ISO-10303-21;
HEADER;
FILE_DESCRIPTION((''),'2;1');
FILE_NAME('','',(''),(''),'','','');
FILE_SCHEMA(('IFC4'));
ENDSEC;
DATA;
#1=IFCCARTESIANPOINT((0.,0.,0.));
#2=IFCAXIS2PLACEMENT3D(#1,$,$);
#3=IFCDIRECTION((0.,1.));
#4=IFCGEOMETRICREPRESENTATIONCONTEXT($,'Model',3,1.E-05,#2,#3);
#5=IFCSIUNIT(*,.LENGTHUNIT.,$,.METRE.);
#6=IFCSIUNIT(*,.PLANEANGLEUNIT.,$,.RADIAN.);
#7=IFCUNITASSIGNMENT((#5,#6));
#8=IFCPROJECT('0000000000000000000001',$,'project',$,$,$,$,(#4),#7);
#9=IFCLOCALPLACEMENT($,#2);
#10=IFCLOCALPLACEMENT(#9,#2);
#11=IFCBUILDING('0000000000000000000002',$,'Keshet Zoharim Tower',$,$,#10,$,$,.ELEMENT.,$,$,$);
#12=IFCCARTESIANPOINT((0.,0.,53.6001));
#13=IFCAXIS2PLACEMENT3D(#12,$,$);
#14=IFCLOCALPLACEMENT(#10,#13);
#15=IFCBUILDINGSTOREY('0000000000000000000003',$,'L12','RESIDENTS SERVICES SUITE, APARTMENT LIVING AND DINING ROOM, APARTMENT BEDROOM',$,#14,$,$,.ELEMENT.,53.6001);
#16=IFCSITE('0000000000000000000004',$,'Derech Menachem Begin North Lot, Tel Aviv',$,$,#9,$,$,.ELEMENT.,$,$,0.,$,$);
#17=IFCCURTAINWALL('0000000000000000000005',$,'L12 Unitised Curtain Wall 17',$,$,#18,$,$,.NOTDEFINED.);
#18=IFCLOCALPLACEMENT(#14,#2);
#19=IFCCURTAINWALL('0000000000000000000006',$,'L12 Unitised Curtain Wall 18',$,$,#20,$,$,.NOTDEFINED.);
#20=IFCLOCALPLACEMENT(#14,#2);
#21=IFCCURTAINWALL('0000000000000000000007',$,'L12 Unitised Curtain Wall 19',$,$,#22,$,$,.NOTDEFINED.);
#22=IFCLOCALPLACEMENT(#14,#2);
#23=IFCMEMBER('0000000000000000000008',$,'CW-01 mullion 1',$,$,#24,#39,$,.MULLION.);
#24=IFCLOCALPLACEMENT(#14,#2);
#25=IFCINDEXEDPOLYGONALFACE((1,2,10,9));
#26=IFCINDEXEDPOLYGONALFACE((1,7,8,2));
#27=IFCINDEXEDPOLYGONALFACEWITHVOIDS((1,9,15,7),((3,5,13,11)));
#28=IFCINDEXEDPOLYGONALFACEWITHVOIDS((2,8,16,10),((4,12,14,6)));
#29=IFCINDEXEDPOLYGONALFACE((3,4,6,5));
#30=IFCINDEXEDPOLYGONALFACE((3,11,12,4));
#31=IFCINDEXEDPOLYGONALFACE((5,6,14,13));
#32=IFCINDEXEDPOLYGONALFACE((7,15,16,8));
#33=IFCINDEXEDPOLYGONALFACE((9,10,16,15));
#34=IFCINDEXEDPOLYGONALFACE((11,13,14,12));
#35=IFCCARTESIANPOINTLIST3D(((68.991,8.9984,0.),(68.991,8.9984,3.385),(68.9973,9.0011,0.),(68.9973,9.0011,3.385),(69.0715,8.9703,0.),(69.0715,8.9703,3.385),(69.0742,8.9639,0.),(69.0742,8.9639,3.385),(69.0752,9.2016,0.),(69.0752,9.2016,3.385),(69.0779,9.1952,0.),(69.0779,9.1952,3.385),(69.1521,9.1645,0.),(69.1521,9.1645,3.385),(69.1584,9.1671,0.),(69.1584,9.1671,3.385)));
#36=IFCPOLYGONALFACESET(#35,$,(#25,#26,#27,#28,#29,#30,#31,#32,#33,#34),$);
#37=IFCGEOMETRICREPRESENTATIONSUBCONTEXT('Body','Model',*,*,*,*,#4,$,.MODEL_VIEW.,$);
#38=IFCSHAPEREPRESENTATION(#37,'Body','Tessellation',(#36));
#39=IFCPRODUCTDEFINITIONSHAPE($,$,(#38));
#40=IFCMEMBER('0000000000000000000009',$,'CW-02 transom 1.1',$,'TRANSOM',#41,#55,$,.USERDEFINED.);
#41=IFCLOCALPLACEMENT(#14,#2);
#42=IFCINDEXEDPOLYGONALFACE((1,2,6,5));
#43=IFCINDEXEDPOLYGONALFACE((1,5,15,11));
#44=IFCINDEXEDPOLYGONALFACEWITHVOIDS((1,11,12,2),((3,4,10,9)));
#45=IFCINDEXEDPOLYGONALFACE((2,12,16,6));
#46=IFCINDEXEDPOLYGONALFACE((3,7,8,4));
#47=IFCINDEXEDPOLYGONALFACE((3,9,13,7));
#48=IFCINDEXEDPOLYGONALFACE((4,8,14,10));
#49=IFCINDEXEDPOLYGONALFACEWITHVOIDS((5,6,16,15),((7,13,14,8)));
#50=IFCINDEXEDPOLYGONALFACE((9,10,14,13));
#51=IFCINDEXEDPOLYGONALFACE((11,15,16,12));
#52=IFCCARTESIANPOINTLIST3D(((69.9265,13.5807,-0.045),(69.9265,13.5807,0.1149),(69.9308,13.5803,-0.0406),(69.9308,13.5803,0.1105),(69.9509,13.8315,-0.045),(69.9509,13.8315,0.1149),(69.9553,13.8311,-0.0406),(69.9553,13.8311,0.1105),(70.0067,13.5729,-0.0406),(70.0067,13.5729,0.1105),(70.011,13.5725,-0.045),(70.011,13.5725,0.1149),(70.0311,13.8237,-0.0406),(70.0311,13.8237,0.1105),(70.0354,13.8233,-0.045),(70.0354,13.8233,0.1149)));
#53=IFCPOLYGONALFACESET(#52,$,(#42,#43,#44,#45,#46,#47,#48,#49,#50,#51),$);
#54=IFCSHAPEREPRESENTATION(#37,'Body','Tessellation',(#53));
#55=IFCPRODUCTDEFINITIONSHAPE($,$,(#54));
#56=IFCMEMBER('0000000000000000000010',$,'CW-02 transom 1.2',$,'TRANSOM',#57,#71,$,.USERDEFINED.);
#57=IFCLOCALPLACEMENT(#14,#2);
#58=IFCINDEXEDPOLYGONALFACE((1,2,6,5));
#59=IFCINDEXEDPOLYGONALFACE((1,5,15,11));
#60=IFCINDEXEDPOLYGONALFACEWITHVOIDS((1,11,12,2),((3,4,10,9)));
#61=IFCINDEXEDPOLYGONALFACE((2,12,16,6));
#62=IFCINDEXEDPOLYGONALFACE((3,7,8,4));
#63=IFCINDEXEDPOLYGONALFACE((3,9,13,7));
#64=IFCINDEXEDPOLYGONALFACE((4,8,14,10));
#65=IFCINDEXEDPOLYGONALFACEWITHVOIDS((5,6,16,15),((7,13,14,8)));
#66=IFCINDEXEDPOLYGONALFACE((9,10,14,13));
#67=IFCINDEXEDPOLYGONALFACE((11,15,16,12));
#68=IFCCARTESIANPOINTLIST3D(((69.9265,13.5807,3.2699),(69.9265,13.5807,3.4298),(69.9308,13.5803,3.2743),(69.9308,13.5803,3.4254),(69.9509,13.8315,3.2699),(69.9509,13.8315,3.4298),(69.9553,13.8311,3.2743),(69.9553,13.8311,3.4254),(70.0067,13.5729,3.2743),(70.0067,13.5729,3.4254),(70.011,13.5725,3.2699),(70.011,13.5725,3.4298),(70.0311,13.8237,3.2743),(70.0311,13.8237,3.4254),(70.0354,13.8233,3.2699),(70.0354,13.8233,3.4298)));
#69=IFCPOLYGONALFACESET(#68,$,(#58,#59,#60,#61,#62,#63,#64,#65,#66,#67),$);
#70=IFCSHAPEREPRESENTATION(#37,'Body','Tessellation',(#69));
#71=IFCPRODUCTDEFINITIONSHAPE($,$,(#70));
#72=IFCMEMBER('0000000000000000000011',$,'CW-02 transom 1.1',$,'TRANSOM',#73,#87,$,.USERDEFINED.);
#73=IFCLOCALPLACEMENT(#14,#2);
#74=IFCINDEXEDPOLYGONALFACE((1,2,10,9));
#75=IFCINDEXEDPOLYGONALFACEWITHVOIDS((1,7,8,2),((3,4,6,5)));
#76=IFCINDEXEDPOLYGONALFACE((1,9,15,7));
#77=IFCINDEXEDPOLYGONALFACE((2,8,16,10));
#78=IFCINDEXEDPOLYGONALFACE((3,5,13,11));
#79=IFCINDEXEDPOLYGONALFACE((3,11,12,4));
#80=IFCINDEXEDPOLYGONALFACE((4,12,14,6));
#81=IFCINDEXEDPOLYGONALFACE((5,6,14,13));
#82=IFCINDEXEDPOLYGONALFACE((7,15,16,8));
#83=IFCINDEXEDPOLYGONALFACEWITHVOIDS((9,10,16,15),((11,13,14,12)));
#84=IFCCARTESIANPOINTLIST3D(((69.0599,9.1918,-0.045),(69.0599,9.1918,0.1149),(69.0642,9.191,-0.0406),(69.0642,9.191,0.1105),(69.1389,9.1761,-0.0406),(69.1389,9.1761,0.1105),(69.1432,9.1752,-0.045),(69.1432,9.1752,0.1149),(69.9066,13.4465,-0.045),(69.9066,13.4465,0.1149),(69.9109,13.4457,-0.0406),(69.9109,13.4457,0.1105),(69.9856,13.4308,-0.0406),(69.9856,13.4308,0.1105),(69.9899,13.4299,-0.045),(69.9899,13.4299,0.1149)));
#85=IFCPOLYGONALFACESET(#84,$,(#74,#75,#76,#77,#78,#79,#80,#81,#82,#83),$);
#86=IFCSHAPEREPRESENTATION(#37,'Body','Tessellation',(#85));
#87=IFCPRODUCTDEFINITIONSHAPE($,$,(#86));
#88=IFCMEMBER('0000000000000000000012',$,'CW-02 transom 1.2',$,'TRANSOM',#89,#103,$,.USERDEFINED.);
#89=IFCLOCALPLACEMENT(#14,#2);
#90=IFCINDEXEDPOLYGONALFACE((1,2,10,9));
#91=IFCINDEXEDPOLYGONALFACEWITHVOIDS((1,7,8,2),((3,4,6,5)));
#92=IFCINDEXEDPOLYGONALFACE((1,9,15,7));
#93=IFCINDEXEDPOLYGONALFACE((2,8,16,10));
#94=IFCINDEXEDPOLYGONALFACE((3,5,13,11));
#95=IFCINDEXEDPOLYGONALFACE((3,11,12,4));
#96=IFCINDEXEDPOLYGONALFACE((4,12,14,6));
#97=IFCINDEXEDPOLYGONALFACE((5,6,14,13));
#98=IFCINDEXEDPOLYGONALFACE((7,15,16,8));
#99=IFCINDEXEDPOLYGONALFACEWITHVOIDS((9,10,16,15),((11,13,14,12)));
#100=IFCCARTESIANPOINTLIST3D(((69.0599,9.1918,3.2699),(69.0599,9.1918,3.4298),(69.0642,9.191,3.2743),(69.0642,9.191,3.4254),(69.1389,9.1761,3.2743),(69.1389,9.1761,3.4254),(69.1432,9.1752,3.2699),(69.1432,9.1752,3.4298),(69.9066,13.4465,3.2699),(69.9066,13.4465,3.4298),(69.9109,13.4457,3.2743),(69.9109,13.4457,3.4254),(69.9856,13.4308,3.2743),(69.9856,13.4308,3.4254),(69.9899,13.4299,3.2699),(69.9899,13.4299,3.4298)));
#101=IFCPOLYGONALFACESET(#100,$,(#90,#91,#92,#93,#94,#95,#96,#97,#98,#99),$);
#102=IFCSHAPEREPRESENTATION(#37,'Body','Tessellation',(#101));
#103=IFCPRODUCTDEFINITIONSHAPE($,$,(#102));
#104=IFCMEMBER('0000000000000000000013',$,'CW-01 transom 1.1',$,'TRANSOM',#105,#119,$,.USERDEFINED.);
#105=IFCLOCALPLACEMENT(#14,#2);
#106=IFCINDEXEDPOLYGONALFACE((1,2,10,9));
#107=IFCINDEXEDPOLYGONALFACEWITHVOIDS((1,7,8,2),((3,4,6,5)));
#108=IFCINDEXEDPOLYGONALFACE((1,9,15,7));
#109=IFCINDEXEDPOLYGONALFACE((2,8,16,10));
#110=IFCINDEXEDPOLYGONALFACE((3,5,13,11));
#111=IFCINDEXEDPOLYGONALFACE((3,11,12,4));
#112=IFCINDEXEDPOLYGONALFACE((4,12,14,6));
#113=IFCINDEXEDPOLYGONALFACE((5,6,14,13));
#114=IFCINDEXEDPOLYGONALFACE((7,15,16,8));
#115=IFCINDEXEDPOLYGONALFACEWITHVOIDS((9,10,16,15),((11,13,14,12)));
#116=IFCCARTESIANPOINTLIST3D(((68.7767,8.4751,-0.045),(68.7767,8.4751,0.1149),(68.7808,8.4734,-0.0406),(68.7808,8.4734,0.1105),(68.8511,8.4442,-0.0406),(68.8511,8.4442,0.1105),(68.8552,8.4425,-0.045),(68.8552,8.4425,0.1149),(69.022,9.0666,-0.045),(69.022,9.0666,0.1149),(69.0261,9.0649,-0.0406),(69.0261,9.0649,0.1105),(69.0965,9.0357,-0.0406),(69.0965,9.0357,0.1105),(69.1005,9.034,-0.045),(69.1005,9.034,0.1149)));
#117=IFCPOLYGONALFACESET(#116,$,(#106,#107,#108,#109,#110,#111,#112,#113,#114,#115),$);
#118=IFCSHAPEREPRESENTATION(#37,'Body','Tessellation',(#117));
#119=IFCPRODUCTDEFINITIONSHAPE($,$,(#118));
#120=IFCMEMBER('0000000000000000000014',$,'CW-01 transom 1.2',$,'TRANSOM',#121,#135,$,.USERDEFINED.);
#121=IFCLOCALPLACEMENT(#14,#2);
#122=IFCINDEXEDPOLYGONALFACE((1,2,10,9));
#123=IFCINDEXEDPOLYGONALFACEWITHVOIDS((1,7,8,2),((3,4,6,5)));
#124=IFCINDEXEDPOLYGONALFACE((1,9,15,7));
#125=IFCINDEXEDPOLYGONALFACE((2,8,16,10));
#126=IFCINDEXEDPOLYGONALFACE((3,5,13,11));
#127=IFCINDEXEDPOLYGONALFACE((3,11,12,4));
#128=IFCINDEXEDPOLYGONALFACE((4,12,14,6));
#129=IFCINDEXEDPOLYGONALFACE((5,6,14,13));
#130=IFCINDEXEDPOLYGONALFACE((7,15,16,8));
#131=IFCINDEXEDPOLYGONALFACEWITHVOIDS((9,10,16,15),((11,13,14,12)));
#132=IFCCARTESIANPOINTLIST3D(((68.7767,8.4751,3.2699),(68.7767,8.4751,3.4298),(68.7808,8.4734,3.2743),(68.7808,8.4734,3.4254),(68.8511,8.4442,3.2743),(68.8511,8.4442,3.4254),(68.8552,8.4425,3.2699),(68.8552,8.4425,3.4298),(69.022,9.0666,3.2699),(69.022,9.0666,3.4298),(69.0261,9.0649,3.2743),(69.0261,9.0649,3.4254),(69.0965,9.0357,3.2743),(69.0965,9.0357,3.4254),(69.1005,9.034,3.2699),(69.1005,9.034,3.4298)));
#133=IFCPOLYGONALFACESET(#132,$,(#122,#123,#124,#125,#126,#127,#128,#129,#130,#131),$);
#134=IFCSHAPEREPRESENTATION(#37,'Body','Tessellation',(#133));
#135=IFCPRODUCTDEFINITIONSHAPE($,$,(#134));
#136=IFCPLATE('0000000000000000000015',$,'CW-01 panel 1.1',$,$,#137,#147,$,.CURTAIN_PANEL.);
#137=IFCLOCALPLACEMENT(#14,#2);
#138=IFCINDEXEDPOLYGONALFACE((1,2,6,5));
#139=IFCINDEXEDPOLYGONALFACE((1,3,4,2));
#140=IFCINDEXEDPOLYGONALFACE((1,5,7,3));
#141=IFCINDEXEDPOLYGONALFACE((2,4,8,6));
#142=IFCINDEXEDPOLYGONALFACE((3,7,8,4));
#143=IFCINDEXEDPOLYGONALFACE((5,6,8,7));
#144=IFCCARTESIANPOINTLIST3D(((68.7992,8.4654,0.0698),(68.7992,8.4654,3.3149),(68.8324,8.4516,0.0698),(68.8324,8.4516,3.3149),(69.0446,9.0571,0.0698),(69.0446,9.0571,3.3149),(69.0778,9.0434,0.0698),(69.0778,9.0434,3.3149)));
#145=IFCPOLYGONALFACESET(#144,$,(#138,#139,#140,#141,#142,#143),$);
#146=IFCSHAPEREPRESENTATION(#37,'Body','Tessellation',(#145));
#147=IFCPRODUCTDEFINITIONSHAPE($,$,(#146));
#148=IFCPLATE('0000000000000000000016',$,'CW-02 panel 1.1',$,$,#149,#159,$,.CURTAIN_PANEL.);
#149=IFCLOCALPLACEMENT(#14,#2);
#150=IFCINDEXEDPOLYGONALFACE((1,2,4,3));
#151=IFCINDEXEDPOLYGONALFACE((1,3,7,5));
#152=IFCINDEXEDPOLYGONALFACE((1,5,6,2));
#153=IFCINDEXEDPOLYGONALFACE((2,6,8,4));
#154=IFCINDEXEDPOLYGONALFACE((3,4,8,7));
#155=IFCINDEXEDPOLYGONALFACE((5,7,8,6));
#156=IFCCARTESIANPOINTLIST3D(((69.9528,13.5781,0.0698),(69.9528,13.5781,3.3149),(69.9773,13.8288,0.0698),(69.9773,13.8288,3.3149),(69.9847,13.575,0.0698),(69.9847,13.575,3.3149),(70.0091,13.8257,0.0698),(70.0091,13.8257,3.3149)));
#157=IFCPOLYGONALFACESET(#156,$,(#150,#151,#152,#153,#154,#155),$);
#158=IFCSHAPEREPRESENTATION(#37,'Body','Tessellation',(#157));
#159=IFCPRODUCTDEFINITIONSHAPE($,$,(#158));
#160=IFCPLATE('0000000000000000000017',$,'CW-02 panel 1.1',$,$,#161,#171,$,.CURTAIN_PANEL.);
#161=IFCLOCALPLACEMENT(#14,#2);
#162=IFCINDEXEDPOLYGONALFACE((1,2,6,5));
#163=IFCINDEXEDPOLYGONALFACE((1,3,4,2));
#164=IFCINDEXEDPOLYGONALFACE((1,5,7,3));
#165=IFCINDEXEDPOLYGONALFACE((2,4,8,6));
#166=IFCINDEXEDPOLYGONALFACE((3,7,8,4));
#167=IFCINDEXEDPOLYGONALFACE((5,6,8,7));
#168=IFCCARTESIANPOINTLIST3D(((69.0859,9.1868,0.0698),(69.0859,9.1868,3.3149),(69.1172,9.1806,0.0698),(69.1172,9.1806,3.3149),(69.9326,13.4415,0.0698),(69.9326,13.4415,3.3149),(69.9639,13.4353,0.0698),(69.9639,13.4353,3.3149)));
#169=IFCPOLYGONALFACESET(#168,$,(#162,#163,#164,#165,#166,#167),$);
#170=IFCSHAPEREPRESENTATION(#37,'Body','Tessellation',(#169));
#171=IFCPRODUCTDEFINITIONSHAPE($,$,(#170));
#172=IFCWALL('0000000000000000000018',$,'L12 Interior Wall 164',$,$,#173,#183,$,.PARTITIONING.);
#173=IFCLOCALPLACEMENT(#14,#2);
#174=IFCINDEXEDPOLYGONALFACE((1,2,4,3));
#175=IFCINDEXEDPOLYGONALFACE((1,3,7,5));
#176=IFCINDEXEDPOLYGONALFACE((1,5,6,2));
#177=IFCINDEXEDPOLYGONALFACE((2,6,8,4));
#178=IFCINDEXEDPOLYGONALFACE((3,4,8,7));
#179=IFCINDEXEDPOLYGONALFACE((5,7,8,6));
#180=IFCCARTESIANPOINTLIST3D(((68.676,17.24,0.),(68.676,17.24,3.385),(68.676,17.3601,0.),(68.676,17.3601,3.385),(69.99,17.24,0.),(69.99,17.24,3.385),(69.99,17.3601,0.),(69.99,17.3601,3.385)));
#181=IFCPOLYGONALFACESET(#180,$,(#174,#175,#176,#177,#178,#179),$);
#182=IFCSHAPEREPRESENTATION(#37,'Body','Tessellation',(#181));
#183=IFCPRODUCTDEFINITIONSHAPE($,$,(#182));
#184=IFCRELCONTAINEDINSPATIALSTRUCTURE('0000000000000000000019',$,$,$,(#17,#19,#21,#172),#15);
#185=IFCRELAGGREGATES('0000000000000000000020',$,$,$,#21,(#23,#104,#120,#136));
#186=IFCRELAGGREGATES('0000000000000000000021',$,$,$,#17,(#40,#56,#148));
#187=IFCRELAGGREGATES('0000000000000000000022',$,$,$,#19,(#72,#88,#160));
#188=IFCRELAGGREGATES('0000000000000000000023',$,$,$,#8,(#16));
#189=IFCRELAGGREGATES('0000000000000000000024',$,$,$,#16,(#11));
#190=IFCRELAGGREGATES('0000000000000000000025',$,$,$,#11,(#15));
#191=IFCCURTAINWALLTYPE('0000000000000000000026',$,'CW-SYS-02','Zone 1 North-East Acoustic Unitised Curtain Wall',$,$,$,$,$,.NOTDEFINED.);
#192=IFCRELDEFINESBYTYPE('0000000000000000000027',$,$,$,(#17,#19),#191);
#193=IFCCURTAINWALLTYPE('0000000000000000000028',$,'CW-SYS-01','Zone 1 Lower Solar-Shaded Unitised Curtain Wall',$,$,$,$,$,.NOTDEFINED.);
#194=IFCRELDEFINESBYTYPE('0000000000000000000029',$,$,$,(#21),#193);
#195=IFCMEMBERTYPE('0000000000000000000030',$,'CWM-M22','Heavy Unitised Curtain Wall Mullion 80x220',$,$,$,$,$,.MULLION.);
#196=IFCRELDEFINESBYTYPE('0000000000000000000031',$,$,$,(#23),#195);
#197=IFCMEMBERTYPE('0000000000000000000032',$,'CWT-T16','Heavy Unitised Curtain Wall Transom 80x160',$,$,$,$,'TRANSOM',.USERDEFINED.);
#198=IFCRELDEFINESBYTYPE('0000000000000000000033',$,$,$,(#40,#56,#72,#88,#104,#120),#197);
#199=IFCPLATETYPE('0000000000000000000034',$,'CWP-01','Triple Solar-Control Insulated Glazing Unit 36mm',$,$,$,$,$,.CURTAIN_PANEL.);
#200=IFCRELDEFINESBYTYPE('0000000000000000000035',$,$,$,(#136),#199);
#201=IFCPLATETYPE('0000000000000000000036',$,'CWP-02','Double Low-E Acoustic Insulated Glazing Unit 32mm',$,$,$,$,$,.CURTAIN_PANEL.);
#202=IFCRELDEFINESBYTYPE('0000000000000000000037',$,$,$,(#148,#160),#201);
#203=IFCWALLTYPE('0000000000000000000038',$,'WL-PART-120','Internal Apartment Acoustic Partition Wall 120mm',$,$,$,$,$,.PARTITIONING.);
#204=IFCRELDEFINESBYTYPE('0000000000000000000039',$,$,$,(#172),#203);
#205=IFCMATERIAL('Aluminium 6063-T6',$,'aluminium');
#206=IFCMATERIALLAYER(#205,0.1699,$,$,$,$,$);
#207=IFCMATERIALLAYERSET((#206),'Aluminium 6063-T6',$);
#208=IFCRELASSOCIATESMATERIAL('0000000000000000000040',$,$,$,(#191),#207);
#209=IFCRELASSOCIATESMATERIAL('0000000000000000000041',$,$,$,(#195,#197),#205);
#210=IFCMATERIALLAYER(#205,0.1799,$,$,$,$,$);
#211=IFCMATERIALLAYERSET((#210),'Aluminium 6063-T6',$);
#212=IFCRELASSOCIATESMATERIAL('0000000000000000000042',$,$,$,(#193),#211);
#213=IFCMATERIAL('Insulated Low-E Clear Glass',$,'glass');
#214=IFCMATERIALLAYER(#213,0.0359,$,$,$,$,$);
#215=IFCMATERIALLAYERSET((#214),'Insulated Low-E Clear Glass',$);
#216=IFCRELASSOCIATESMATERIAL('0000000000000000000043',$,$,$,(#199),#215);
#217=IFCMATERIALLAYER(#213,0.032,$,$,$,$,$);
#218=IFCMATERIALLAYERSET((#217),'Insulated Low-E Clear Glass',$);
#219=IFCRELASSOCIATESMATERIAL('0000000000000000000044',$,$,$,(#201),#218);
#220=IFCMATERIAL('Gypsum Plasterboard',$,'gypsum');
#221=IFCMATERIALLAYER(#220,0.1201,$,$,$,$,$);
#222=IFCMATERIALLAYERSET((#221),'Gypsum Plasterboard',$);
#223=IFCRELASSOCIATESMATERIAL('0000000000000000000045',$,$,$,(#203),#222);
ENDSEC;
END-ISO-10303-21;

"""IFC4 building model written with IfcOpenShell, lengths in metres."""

from ifc_helpers import new_model, si_unit, direction, frame, frame_2d, origin, origin_2d, place, context, subcontext, project, spatial, rectangle, hollow_rectangle, extrude, material, layer, layer_set, material_profile, profile_set, type_object, element, aggregate, save


model = new_model("IFC4")

# Units and contexts
model_context = context("Model", 3, precision=1e-05, world=origin(), true_north=direction((0.0, 1.0)))
body_context = subcontext(model_context, "Body", "Model", "MODEL_VIEW")
ifc_project = project(units=[si_unit("LENGTHUNIT", "METRE"), si_unit("PLANEANGLEUNIT", "RADIAN")], contexts=[model_context])

# Site, building, storey
site_placement = place(None, origin())
site = spatial("IfcSite", under=ifc_project, at=site_placement, Name="Derech Menachem Begin North Lot, Tel Aviv", CompositionType="ELEMENT", RefElevation=0.0)
building_placement = place(site_placement, origin())
building = spatial("IfcBuilding", under=site, at=building_placement, Name="Keshet Zoharim Tower", CompositionType="ELEMENT")
storey_placement = place(building_placement, frame((0.0, 0.0, 53.6001)))
storey = spatial("IfcBuildingStorey", under=building, at=storey_placement, Name="L12", Description="RESIDENTS SERVICES SUITE, APARTMENT LIVING AND DINING ROOM, APARTMENT BEDROOM", CompositionType="ELEMENT", Elevation=53.6001)

# Shared definitions
ifc_material_1 = material(Name="Aluminium 6063-T6", Category="aluminium")
ifc_layer_1 = layer(ifc_material_1, 0.1699)
ifc_layer_set_1 = layer_set([ifc_layer_1], Name="Aluminium 6063-T6")
curtain_wall_type_1 = type_object("IfcCurtainWallType", Name="CW-SYS-02", Description="Zone 1 North-East Acoustic Unitised Curtain Wall", PredefinedType="NOTDEFINED", material=ifc_layer_set_1)
ifc_material_profile_1 = material_profile(ifc_material_1, hollow_rectangle(XDim=0.0901, YDim=0.22, WallThickness=0.0049, at=origin_2d()), Name="MUL-90x220")
ifc_profile_set_1 = profile_set([ifc_material_profile_1], Name="Aluminium 6063-T6")
member_type_1 = type_object("IfcMemberType", Name="CWM-M22", Description="Heavy Unitised Curtain Wall Mullion 80x220", PredefinedType="MULLION", material=ifc_profile_set_1)

# Curtain walls
curtain_wall_1_placement = place(storey_placement, origin())
curtain_wall_1 = element("IfcCurtainWall", 1, at=curtain_wall_1_placement, inside=storey, type_object=curtain_wall_type_1, Name="L12 Unitised Curtain Wall 17", PredefinedType="NOTDEFINED")
curtain_wall_2_placement = place(storey_placement, origin())
curtain_wall_2 = element("IfcCurtainWall", 2, at=curtain_wall_2_placement, inside=storey, type_object=curtain_wall_type_1, Name="L12 Unitised Curtain Wall 18", PredefinedType="NOTDEFINED")

# Curtain wall, member
ifc_layer_2 = layer(ifc_material_1, 0.1799)
ifc_layer_set_2 = layer_set([ifc_layer_2], Name="Aluminium 6063-T6")
curtain_wall_type_2 = type_object("IfcCurtainWallType", Name="CW-SYS-01", Description="Zone 1 Lower Solar-Shaded Unitised Curtain Wall", PredefinedType="NOTDEFINED", material=ifc_layer_set_2)
curtain_wall_3_placement = place(storey_placement, origin())
curtain_wall_3 = element("IfcCurtainWall", 3, at=curtain_wall_3_placement, inside=storey, type_object=curtain_wall_type_2, Name="L12 Unitised Curtain Wall 19", PredefinedType="NOTDEFINED")
member_1_placement = place(storey_placement, frame((69.0747, 9.0828, 0.0), z_axis=(0.0, 0.0, 1.0), x_axis=(0.92372, -0.383068, 0.0)))
member_1 = element("IfcMember", 4, at=member_1_placement, type_object=member_type_1, Name="CW-01 mullion 1", PredefinedType="MULLION", context=body_context, shape_type="SweptSolid", body=[
    extrude(hollow_rectangle(XDim=0.0901, YDim=0.22, WallThickness=0.0049, at=origin_2d()), origin(), (0.0, 0.0, 1.0), 3.385),
])

# Members
ifc_material_profile_2 = material_profile(ifc_material_1, hollow_rectangle(XDim=0.085, YDim=0.1599, WallThickness=0.0044, at=origin_2d()), Name="TRN-85x160")
ifc_profile_set_2 = profile_set([ifc_material_profile_2], Name="Aluminium 6063-T6")
member_type_2 = type_object("IfcMemberType", Name="CWT-T16", Description="Heavy Unitised Curtain Wall Transom 80x160", ElementType="TRANSOM", PredefinedType="USERDEFINED", material=ifc_profile_set_2)
member_2_placement = place(storey_placement, frame((69.9932, 13.8274, 0.0349), z_axis=(-0.096913, -0.995293, 0.0), x_axis=(0.995293, -0.096913, 0.0)))
member_2 = element("IfcMember", 5, at=member_2_placement, type_object=member_type_2, Name="CW-02 transom 1.1", ObjectType="TRANSOM", PredefinedType="USERDEFINED", context=body_context, shape_type="SweptSolid", body=[
    extrude(hollow_rectangle(XDim=0.085, YDim=0.1599, WallThickness=0.0044, at=origin_2d()), origin(), (0.0, 0.0, 1.0), 0.252),
])
member_3_placement = place(storey_placement, frame((69.9932, 13.8274, 3.3499), z_axis=(-0.096913, -0.995293, 0.0), x_axis=(0.995293, -0.096913, 0.0)))
member_3 = element("IfcMember", 6, at=member_3_placement, type_object=member_type_2, Name="CW-02 transom 1.2", ObjectType="TRANSOM", PredefinedType="USERDEFINED", context=body_context, shape_type="SweptSolid", body=[
    extrude(hollow_rectangle(XDim=0.085, YDim=0.1599, WallThickness=0.0044, at=origin_2d()), origin(), (0.0, 0.0, 1.0), 0.252),
])
member_4_placement = place(storey_placement, frame((69.9482, 13.4382, 0.0349), z_axis=(-0.195174, -0.980769, 0.0), x_axis=(0.980769, -0.195174, 0.0)))
member_4 = element("IfcMember", 7, at=member_4_placement, type_object=member_type_2, Name="CW-02 transom 1.1", ObjectType="TRANSOM", PredefinedType="USERDEFINED", context=body_context, shape_type="SweptSolid", body=[
    extrude(hollow_rectangle(XDim=0.085, YDim=0.1599, WallThickness=0.0044, at=origin_2d()), origin(), (0.0, 0.0, 1.0), 4.3381),
])
member_5_placement = place(storey_placement, frame((69.9482, 13.4382, 3.3499), z_axis=(-0.195174, -0.980769, 0.0), x_axis=(0.980769, -0.195174, 0.0)))
member_5 = element("IfcMember", 8, at=member_5_placement, type_object=member_type_2, Name="CW-02 transom 1.2", ObjectType="TRANSOM", PredefinedType="USERDEFINED", context=body_context, shape_type="SweptSolid", body=[
    extrude(hollow_rectangle(XDim=0.085, YDim=0.1599, WallThickness=0.0044, at=origin_2d()), origin(), (0.0, 0.0, 1.0), 4.3381),
])
member_6_placement = place(storey_placement, frame((69.0613, 9.0503, 0.0349), z_axis=(-0.383126, -0.923696, 0.0), x_axis=(0.923696, -0.383126, 0.0)))
member_6 = element("IfcMember", 9, at=member_6_placement, type_object=member_type_2, Name="CW-01 transom 1.1", ObjectType="TRANSOM", PredefinedType="USERDEFINED", context=body_context, shape_type="SweptSolid", body=[
    extrude(hollow_rectangle(XDim=0.085, YDim=0.1599, WallThickness=0.0044, at=origin_2d()), origin(), (0.0, 0.0, 1.0), 0.6404),
])
member_7_placement = place(storey_placement, frame((69.0613, 9.0503, 3.3499), z_axis=(-0.383126, -0.923696, 0.0), x_axis=(0.923696, -0.383126, 0.0)))
member_7 = element("IfcMember", 10, at=member_7_placement, type_object=member_type_2, Name="CW-01 transom 1.2", ObjectType="TRANSOM", PredefinedType="USERDEFINED", context=body_context, shape_type="SweptSolid", body=[
    extrude(hollow_rectangle(XDim=0.085, YDim=0.1599, WallThickness=0.0044, at=origin_2d()), origin(), (0.0, 0.0, 1.0), 0.6404),
])

# Plates
ifc_material_2 = material(Name="Insulated Low-E Clear Glass", Category="glass")
ifc_layer_3 = layer(ifc_material_2, 0.0359)
ifc_layer_set_3 = layer_set([ifc_layer_3], Name="Insulated Low-E Clear Glass")
plate_type_1 = type_object("IfcPlateType", Name="CWP-01", Description="Triple Solar-Control Insulated Glazing Unit 36mm", PredefinedType="CURTAIN_PANEL", material=ifc_layer_set_3)
plate_1_placement = place(storey_placement, frame((68.9385, 8.7544, 0.0698), z_axis=(0.0, 0.0, 1.0), x_axis=(-0.383068, -0.92372, 0.0)))
plate_1 = element("IfcPlate", 11, at=plate_1_placement, type_object=plate_type_1, Name="CW-01 panel 1.1", PredefinedType="CURTAIN_PANEL", context=body_context, shape_type="SweptSolid", body=[
    extrude(rectangle(XDim=0.6406, YDim=0.0359, at=origin_2d()), origin(), (0.0, 0.0, 1.0), 3.2451),
])
aggregate(curtain_wall_3, [member_1, member_6, member_7, plate_1])
ifc_layer_4 = layer(ifc_material_2, 0.032)
ifc_layer_set_4 = layer_set([ifc_layer_4], Name="Insulated Low-E Clear Glass")
plate_type_2 = type_object("IfcPlateType", Name="CWP-02", Description="Double Low-E Acoustic Insulated Glazing Unit 32mm", PredefinedType="CURTAIN_PANEL", material=ifc_layer_set_4)
plate_2_placement = place(storey_placement, frame((69.981, 13.7019, 0.0698), z_axis=(0.0, 0.0, 1.0), x_axis=(-0.096977, -0.995287, 0.0)))
plate_2 = element("IfcPlate", 12, at=plate_2_placement, type_object=plate_type_2, Name="CW-02 panel 1.1", PredefinedType="CURTAIN_PANEL", context=body_context, shape_type="SweptSolid", body=[
    extrude(rectangle(XDim=0.252, YDim=0.032, at=origin_2d()), origin(), (0.0, 0.0, 1.0), 3.2451),
])
aggregate(curtain_wall_1, [member_2, member_3, plate_2])
plate_3_placement = place(storey_placement, frame((69.5249, 11.311, 0.0698), z_axis=(0.0, 0.0, 1.0), x_axis=(-0.195171, -0.980769, 0.0)))
plate_3 = element("IfcPlate", 13, at=plate_3_placement, type_object=plate_type_2, Name="CW-02 panel 1.1", PredefinedType="CURTAIN_PANEL", context=body_context, shape_type="SweptSolid", body=[
    extrude(rectangle(XDim=4.3381, YDim=0.032, at=origin_2d()), origin(), (0.0, 0.0, 1.0), 3.2451),
])
aggregate(curtain_wall_2, [member_4, member_5, plate_3])

# Wall
ifc_material_3 = material(Name="Gypsum Plasterboard", Category="gypsum")
ifc_layer_5 = layer(ifc_material_3, 0.1201)
ifc_layer_set_5 = layer_set([ifc_layer_5], Name="Gypsum Plasterboard")
wall_type_1 = type_object("IfcWallType", Name="WL-PART-120", Description="Internal Apartment Acoustic Partition Wall 120mm", PredefinedType="PARTITIONING", material=ifc_layer_set_5)
wall_1_placement = place(storey_placement, frame((68.676, 17.3, 0.0), z_axis=(0.0, 0.0, 1.0), x_axis=(1.0, 0.0, 0.0)))
element("IfcWall", 14, at=wall_1_placement, inside=storey, type_object=wall_type_1, Name="L12 Interior Wall 164", PredefinedType="PARTITIONING", context=body_context, shape_type="SweptSolid", body=[
    extrude(rectangle(XDim=1.314, YDim=0.1201, at=frame_2d((0.657, 0.0))), origin(), (0.0, 0.0, 1.0), 3.385),
])

save(model, "model.ifc")
